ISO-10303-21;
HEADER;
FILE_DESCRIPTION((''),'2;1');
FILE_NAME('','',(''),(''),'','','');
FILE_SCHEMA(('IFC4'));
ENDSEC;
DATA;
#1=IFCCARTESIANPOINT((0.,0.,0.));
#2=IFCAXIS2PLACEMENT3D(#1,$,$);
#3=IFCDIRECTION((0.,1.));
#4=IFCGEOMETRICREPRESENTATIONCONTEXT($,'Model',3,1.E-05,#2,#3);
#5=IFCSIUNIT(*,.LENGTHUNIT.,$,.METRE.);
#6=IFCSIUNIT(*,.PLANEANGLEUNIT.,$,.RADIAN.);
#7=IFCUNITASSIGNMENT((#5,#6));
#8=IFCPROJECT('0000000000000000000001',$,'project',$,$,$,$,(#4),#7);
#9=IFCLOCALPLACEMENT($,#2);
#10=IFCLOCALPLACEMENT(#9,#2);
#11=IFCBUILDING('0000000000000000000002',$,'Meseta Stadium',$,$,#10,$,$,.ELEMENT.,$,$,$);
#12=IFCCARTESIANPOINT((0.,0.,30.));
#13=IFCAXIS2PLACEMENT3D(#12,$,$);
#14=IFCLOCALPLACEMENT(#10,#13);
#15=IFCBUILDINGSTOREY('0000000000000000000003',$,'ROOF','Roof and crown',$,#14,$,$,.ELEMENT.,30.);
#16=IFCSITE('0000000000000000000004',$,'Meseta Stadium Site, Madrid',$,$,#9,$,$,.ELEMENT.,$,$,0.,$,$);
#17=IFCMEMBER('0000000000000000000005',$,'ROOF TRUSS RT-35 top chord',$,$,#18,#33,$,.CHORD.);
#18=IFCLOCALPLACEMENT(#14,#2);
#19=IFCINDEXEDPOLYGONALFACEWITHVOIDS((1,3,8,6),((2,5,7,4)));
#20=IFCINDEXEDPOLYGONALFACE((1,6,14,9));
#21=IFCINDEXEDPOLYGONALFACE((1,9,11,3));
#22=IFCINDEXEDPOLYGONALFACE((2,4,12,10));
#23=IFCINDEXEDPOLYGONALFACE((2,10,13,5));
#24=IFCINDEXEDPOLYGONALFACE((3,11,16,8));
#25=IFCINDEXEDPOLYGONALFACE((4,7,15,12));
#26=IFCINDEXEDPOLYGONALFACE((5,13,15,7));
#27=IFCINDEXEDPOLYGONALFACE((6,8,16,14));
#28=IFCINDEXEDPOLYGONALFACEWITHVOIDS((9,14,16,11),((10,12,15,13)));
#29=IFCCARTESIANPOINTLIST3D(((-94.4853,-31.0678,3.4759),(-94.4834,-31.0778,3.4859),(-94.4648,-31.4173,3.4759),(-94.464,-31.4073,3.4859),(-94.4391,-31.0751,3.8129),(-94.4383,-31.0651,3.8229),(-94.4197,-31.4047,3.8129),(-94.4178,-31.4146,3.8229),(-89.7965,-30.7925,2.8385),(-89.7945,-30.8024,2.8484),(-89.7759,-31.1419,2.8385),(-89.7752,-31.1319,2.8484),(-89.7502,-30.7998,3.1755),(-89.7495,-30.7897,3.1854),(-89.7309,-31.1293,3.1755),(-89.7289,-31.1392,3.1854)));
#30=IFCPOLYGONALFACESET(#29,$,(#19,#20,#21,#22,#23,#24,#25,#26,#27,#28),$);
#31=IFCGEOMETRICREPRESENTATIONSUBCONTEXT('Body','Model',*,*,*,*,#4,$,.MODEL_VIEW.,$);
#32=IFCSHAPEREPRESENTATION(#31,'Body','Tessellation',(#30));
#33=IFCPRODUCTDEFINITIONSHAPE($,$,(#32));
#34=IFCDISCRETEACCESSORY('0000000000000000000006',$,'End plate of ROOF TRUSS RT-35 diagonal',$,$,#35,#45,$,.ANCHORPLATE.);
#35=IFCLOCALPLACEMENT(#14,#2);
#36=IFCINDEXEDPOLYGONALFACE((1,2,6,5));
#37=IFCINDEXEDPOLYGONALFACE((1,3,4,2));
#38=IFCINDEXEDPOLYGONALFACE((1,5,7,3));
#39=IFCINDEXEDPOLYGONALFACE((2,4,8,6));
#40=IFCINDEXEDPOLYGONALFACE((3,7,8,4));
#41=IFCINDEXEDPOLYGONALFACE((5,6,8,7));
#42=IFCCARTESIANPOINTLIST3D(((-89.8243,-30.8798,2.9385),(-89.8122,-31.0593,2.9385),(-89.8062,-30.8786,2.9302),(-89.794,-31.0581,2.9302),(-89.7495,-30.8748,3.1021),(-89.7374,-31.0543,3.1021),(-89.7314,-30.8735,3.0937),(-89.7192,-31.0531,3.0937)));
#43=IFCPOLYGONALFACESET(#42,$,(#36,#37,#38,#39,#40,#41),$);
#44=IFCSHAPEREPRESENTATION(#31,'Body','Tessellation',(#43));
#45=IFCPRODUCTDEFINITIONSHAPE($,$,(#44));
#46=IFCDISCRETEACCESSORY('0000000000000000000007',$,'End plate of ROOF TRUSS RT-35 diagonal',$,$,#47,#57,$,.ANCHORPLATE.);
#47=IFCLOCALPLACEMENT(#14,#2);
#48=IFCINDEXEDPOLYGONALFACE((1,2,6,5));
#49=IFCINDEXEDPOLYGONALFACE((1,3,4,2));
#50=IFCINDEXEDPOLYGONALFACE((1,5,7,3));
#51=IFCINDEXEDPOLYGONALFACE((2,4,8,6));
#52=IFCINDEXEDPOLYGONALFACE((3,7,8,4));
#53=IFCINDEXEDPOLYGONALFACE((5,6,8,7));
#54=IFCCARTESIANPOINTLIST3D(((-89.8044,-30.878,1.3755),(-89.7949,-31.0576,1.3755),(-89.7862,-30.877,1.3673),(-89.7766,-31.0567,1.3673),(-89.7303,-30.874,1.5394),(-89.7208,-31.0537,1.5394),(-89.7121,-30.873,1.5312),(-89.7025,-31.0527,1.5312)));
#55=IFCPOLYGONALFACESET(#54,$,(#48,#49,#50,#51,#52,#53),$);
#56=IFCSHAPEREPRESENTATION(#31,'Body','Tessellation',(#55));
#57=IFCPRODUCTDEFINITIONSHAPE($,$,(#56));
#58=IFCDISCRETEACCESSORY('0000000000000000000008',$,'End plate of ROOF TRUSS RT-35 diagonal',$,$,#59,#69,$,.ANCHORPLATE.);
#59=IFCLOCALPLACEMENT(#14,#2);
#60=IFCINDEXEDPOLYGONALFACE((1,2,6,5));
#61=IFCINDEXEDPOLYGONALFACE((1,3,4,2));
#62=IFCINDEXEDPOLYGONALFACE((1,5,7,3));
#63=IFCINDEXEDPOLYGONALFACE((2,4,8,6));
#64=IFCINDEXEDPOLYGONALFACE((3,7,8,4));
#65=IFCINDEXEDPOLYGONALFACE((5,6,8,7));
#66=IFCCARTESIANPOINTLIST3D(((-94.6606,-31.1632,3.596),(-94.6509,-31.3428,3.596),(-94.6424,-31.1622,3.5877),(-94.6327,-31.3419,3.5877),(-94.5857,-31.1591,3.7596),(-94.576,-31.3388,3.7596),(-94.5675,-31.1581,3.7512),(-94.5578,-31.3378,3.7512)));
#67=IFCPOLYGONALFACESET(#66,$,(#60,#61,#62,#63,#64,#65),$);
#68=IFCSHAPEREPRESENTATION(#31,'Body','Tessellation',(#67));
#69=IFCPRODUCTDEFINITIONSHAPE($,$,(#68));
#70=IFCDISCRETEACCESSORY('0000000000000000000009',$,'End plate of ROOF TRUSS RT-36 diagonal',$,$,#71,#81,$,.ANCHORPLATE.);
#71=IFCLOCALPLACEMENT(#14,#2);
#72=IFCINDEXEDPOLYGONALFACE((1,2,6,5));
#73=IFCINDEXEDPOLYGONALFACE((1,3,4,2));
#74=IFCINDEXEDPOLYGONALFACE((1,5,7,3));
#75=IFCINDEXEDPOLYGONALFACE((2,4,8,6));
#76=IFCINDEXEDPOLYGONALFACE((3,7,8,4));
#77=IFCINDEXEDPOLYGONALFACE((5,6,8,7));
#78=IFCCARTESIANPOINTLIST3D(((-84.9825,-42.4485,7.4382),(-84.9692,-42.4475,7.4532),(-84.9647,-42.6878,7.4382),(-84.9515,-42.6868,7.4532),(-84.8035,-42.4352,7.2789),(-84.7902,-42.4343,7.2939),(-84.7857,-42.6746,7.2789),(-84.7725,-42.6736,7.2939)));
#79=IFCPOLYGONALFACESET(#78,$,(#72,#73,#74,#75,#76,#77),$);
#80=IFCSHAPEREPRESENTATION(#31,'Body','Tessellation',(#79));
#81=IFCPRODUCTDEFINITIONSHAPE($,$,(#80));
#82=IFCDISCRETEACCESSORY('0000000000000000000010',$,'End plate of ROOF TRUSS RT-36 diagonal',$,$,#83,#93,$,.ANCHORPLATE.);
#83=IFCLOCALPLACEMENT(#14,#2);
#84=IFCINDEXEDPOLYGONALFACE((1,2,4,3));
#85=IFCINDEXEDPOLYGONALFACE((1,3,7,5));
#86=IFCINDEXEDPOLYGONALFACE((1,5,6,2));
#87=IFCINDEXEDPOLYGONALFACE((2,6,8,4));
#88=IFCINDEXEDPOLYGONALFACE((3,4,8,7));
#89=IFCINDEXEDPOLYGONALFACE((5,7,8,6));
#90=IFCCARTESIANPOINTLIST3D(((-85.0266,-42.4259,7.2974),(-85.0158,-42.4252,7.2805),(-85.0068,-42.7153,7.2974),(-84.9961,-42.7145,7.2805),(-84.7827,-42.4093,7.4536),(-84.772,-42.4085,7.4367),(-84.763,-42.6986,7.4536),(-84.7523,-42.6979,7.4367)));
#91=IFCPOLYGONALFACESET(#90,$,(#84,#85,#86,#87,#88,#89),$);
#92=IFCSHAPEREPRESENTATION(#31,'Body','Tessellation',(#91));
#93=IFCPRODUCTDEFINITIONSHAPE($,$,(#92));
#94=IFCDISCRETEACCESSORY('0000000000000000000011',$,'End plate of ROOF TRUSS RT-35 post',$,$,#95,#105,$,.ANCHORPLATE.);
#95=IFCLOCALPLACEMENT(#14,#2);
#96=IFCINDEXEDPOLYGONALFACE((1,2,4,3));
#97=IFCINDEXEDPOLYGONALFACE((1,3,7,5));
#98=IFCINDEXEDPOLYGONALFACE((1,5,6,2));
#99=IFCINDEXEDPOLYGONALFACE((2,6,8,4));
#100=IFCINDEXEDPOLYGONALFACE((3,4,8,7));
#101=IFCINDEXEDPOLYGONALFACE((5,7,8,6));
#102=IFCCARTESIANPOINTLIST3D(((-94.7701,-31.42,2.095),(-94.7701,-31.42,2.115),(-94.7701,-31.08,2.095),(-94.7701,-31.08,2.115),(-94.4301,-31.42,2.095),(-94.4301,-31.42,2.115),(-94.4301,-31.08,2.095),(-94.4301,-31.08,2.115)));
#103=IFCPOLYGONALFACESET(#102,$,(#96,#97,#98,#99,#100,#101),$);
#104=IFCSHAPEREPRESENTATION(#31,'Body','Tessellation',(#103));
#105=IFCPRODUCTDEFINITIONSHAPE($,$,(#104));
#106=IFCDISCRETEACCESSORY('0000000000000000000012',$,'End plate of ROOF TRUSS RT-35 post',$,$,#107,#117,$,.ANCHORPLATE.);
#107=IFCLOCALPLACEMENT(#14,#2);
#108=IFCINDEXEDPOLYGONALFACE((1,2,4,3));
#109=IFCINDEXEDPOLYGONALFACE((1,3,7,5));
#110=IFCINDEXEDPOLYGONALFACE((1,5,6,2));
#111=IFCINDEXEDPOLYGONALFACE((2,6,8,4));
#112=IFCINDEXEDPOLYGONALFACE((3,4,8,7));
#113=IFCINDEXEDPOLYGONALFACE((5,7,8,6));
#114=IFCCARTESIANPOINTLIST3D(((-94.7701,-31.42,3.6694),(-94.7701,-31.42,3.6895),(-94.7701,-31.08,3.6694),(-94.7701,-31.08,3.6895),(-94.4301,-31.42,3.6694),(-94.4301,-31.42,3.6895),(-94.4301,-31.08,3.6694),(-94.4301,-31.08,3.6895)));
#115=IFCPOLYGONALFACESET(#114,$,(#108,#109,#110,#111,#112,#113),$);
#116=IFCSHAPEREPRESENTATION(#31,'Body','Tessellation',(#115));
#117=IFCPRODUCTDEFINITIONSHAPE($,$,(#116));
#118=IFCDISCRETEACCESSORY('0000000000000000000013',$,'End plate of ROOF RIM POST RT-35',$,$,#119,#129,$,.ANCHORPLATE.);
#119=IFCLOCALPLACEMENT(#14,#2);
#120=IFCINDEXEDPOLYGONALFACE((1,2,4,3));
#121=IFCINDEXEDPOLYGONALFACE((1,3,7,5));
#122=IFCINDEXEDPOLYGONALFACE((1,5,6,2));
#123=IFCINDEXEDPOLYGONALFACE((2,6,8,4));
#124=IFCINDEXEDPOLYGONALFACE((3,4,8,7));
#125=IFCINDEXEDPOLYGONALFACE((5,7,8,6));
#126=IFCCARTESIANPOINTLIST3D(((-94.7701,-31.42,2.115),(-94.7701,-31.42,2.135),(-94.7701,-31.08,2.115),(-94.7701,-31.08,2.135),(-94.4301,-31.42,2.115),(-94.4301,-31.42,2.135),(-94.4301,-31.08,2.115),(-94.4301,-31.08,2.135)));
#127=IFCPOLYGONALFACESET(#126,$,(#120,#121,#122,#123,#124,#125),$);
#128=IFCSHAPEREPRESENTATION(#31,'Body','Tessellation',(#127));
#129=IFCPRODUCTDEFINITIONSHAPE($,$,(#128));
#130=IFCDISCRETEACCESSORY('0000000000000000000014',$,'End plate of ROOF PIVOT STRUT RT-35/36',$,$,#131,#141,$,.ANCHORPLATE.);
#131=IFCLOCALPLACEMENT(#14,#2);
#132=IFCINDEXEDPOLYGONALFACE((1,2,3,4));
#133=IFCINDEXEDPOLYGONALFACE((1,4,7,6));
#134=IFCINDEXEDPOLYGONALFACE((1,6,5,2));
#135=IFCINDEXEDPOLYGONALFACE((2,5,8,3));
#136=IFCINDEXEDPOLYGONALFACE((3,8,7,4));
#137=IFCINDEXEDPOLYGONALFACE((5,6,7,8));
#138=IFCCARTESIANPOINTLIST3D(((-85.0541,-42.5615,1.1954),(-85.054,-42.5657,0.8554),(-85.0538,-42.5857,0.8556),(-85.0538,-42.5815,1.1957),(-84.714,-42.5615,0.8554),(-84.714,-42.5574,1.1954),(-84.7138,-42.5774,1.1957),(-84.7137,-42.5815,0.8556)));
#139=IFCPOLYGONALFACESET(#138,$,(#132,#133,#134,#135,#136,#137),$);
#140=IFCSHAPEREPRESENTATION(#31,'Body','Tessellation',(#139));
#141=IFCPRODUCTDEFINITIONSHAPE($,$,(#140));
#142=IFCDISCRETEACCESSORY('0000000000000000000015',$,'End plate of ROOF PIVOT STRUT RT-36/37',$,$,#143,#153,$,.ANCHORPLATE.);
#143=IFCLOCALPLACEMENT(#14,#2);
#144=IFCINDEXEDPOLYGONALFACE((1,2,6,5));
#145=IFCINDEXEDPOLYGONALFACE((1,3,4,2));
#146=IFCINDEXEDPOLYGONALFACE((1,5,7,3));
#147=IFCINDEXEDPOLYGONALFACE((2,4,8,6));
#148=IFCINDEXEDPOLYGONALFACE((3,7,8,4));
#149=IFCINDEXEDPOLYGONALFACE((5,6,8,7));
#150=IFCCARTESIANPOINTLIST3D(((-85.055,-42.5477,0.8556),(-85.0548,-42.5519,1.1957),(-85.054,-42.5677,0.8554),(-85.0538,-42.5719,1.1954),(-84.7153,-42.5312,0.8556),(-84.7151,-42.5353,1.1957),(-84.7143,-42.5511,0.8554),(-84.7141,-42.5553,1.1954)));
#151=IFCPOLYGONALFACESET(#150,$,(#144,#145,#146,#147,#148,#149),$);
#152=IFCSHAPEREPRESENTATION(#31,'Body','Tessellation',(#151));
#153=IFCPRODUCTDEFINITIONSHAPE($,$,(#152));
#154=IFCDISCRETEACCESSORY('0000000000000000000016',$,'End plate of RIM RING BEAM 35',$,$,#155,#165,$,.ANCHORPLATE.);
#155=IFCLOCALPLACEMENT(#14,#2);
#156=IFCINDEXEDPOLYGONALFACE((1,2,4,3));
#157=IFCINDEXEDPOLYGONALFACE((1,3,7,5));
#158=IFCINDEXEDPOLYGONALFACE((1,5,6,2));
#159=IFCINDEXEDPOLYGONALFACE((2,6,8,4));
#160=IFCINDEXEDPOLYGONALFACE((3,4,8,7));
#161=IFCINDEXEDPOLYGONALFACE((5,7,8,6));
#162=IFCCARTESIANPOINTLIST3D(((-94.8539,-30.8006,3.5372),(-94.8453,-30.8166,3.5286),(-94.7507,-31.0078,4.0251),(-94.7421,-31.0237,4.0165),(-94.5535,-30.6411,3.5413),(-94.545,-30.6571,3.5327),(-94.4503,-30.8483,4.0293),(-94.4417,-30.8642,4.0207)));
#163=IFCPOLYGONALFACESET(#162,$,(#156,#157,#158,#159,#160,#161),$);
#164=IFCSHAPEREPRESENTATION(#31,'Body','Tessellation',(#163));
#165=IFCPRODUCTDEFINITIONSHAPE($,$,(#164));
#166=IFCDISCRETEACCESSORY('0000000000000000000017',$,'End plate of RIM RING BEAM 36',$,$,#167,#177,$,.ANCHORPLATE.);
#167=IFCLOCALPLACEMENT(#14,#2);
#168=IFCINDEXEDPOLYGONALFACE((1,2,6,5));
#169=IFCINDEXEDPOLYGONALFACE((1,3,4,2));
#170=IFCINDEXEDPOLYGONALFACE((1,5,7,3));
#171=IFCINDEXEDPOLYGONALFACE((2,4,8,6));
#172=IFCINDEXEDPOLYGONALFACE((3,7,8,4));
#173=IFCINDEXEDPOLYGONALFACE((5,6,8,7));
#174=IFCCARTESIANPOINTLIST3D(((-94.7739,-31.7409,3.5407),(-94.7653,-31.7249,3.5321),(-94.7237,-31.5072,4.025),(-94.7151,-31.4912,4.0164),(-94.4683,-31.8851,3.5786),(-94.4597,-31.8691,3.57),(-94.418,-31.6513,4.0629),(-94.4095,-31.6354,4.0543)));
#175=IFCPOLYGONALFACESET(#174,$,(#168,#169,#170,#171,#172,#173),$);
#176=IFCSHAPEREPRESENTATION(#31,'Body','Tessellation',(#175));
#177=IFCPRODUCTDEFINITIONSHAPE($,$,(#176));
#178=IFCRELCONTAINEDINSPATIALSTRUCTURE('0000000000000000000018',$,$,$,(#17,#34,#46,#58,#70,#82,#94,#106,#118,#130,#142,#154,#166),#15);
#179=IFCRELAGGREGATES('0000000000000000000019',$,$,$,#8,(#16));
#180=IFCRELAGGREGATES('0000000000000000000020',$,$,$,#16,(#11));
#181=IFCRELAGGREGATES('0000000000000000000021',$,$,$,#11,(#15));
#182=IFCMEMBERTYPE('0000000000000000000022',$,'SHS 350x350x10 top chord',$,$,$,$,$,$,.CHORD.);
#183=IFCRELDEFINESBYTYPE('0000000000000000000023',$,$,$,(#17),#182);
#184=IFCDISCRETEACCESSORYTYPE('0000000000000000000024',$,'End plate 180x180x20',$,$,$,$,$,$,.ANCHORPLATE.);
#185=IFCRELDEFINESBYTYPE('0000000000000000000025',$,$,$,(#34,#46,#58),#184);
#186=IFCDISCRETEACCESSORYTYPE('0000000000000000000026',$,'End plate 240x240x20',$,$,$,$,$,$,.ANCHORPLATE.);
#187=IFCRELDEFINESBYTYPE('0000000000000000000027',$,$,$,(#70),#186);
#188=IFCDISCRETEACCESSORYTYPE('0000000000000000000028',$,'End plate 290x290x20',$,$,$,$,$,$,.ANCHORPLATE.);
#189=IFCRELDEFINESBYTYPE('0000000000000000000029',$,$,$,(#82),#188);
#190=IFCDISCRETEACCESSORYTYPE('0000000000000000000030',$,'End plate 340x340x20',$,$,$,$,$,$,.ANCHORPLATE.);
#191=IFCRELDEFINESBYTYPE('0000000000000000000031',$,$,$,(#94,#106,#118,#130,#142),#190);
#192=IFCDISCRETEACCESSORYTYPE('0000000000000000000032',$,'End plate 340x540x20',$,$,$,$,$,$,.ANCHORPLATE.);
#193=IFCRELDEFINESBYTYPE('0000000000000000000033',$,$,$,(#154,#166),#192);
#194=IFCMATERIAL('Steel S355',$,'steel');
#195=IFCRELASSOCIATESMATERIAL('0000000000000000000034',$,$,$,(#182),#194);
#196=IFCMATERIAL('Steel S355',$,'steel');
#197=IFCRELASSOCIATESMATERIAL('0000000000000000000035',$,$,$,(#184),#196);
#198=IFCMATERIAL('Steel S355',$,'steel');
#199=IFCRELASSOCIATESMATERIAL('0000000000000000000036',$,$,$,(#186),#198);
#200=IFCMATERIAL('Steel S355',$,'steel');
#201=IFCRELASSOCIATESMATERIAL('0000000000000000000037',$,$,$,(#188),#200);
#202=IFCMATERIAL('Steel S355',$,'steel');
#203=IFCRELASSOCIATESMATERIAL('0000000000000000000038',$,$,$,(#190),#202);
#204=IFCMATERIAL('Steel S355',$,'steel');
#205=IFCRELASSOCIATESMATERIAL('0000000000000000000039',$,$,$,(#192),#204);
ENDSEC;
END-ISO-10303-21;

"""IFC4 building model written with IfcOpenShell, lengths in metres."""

from ifc_helpers import new_model, si_unit, direction, frame, origin, origin_2d, place, context, subcontext, project, spatial, rectangle, hollow_rectangle, extrude, material, material_profile, profile_set, type_object, element, save


model = new_model("IFC4")

# Units and contexts
model_context = context("Model", 3, precision=1e-05, world=origin(), true_north=direction((0.0, 1.0)))
body_context = subcontext(model_context, "Body", "Model", "MODEL_VIEW")
ifc_project = project(units=[si_unit("LENGTHUNIT", "METRE"), si_unit("PLANEANGLEUNIT", "RADIAN")], contexts=[model_context])

# Site, building, storey
site_placement = place(None, origin())
site = spatial("IfcSite", under=ifc_project, at=site_placement, Name="Meseta Stadium Site, Madrid", CompositionType="ELEMENT", RefElevation=0.0)
building_placement = place(site_placement, origin())
building = spatial("IfcBuilding", under=site, at=building_placement, Name="Meseta Stadium", CompositionType="ELEMENT")
storey_placement = place(building_placement, frame((0.0, 0.0, 30.0)))
storey = spatial("IfcBuildingStorey", under=building, at=storey_placement, Name="ROOF", Description="Roof and crown", CompositionType="ELEMENT", Elevation=30.0)

# Member
ifc_material_1 = material(Name="Steel S355", Category="steel")
ifc_material_profile_1 = material_profile(ifc_material_1, hollow_rectangle(XDim=0.3501, YDim=0.3501, WallThickness=0.01, at=origin_2d()), Name="SHS 350x350x10")
ifc_profile_set_1 = profile_set([ifc_material_profile_1], Name="Steel S355")
member_type_1 = type_object("IfcMemberType", Name="SHS 350x350x10 top chord", PredefinedType="CHORD", material=ifc_profile_set_1)
member_1_placement = place(storey_placement, frame((-89.7627, -30.9658, 3.012), z_axis=(-0.989212, -0.058098, 0.13448), x_axis=(0.058631, -0.99828, 0.0)))
element("IfcMember", 1, at=member_1_placement, inside=storey, type_object=member_type_1, Name="ROOF TRUSS RT-35 top chord", PredefinedType="CHORD", context=body_context, shape_type="SweptSolid", body=[
    extrude(hollow_rectangle(XDim=0.3501, YDim=0.3501, WallThickness=0.01, at=origin_2d()), origin(), (0.0, 0.0, 1.0), 4.74),
])

# Discrete accessories
ifc_material_2 = material(Name="Steel S355", Category="steel")
ifc_material_profile_2 = material_profile(ifc_material_2, rectangle(XDim=0.1799, YDim=0.1799, at=origin_2d()), Name="PL 180x180")
ifc_profile_set_2 = profile_set([ifc_material_profile_2], Name="Steel S355")
discrete_accessory_type_1 = type_object("IfcDiscreteAccessoryType", Name="End plate 180x180x20", PredefinedType="ANCHORPLATE", material=ifc_profile_set_2)
for number, where, z_axis, x_axis, name in (
    (2, (-89.7627, -30.9658, 3.012), (-0.906969, -0.061282, 0.416715), (0.067414, -0.997725, 0.0), "End plate of ROOF TRUSS RT-35 diagonal"),
    (3, (-89.7444, -30.9648, 1.4492), (-0.909709, -0.048518, 0.412402), (0.053258, -0.998581, 0.0), "End plate of ROOF TRUSS RT-35 diagonal"),
    (4, (-94.6001, -31.25, 3.6694), (-0.907583, -0.049059, 0.416997), (0.053975, -0.998542, 0.0), "End plate of ROOF TRUSS RT-35 diagonal"),
):
    element("IfcDiscreteAccessory", number, at=place(storey_placement, frame(where, z_axis=z_axis, x_axis=x_axis)), inside=storey, type_object=discrete_accessory_type_1, Name=name, PredefinedType="ANCHORPLATE", context=body_context, shape_type="SweptSolid", body=[
        extrude(rectangle(XDim=0.1799, YDim=0.1799, at=origin_2d()), origin(), (0.0, 0.0, 1.0), 0.02),
    ])
ifc_material_3 = material(Name="Steel S355", Category="steel")
ifc_material_profile_3 = material_profile(ifc_material_3, rectangle(XDim=0.24, YDim=0.24, at=origin_2d()), Name="PL 240x240")
ifc_profile_set_3 = profile_set([ifc_material_profile_3], Name="Steel S355")
discrete_accessory_type_2 = type_object("IfcDiscreteAccessoryType", Name="End plate 240x240x20", PredefinedType="ANCHORPLATE", material=ifc_profile_set_3)
discrete_accessory_1_placement = place(storey_placement, frame((-84.8708, -42.5605, 7.3735), z_axis=(-0.662041, -0.04904, -0.747861), x_axis=(0.073872, -0.997268, 0.0)))
element("IfcDiscreteAccessory", 5, at=discrete_accessory_1_placement, inside=storey, type_object=discrete_accessory_type_2, Name="End plate of ROOF TRUSS RT-36 diagonal", PredefinedType="ANCHORPLATE", context=body_context, shape_type="SweptSolid", body=[
    extrude(rectangle(XDim=0.24, YDim=0.24, at=origin_2d()), origin(), (0.0, 0.0, 1.0), 0.02),
])
ifc_material_4 = material(Name="Steel S355", Category="steel")
ifc_material_profile_4 = material_profile(ifc_material_4, rectangle(XDim=0.29, YDim=0.29, at=origin_2d()), Name="PL 290x290")
ifc_profile_set_4 = profile_set([ifc_material_profile_4], Name="Steel S355")
discrete_accessory_type_3 = type_object("IfcDiscreteAccessoryType", Name="End plate 290x290x20", PredefinedType="ANCHORPLATE", material=ifc_profile_set_4)
discrete_accessory_2_placement = place(storey_placement, frame((-84.884, -42.5615, 7.3586), z_axis=(-0.537305, -0.036634, 0.842592), x_axis=(0.068024, -0.997684, 0.0)))
element("IfcDiscreteAccessory", 6, at=discrete_accessory_2_placement, inside=storey, type_object=discrete_accessory_type_3, Name="End plate of ROOF TRUSS RT-36 diagonal", PredefinedType="ANCHORPLATE", context=body_context, shape_type="SweptSolid", body=[
    extrude(rectangle(XDim=0.29, YDim=0.29, at=origin_2d()), origin(), (0.0, 0.0, 1.0), 0.02),
])
ifc_material_5 = material(Name="Steel S355", Category="steel")
ifc_material_profile_5 = material_profile(ifc_material_5, rectangle(XDim=0.3401, YDim=0.3401, at=origin_2d()), Name="PL 340x340")
ifc_profile_set_5 = profile_set([ifc_material_profile_5], Name="Steel S355")
discrete_accessory_type_4 = type_object("IfcDiscreteAccessoryType", Name="End plate 340x340x20", PredefinedType="ANCHORPLATE", material=ifc_profile_set_5)
for number, where, z_axis, x_axis, name in (
    (7, (-94.6001, -31.25, 2.095), (0.0, 0.0, 1.0), (1.0, 0.0, 0.0), "End plate of ROOF TRUSS RT-35 post"),
    (8, (-94.6001, -31.25, 3.6694), (0.0, 0.0, 1.0), (1.0, 0.0, 0.0), "End plate of ROOF TRUSS RT-35 post"),
    (9, (-94.6001, -31.25, 2.115), (0.0, 0.0, 1.0), (1.0, 0.0, 0.0), "End plate of ROOF RIM POST RT-35"),
    (10, (-84.884, -42.5615, 1.0254), (0.012193, -0.999851, 0.012193), (0.999926, 0.012194, 0.0), "End plate of ROOF PIVOT STRUT RT-35/36"),
    (11, (-84.885, -42.5415, 1.0256), (0.048719, -0.998738, -0.01218), (0.998812, 0.048723, 0.0), "End plate of ROOF PIVOT STRUT RT-36/37"),
):
    element("IfcDiscreteAccessory", number, at=place(storey_placement, frame(where, z_axis=z_axis, x_axis=x_axis)), inside=storey, type_object=discrete_accessory_type_4, Name=name, PredefinedType="ANCHORPLATE", context=body_context, shape_type="SweptSolid", body=[
        extrude(rectangle(XDim=0.3401, YDim=0.3401, at=origin_2d()), origin(), (0.0, 0.0, 1.0), 0.02),
    ])
ifc_material_6 = material(Name="Steel S355", Category="steel")
ifc_material_profile_6 = material_profile(ifc_material_6, rectangle(XDim=0.3401, YDim=0.54, at=origin_2d()), Name="PL 340x540")
ifc_profile_set_6 = profile_set([ifc_material_profile_6], Name="Steel S355")
discrete_accessory_type_5 = type_object("IfcDiscreteAccessoryType", Name="End plate 340x540x20", PredefinedType="ANCHORPLATE", material=ifc_profile_set_6)
for number, where, z_axis, x_axis, name in (
    (12, (-94.6521, -30.8245, 3.7832), (0.428393, -0.795587, -0.428393), (0.883144, 0.468942, 0.012252), "End plate of RIM RING BEAM 35"),
    (13, (-94.5874, -31.6802, 3.7932), (-0.428393, -0.795587, 0.428393), (0.898795, -0.423974, 0.111416), "End plate of RIM RING BEAM 36"),
):
    element("IfcDiscreteAccessory", number, at=place(storey_placement, frame(where, z_axis=z_axis, x_axis=x_axis)), inside=storey, type_object=discrete_accessory_type_5, Name=name, PredefinedType="ANCHORPLATE", context=body_context, shape_type="SweptSolid", body=[
        extrude(rectangle(XDim=0.3401, YDim=0.54, at=origin_2d()), origin(), (0.0, 0.0, 1.0), 0.02),
    ])

save(model, "model.ifc")
